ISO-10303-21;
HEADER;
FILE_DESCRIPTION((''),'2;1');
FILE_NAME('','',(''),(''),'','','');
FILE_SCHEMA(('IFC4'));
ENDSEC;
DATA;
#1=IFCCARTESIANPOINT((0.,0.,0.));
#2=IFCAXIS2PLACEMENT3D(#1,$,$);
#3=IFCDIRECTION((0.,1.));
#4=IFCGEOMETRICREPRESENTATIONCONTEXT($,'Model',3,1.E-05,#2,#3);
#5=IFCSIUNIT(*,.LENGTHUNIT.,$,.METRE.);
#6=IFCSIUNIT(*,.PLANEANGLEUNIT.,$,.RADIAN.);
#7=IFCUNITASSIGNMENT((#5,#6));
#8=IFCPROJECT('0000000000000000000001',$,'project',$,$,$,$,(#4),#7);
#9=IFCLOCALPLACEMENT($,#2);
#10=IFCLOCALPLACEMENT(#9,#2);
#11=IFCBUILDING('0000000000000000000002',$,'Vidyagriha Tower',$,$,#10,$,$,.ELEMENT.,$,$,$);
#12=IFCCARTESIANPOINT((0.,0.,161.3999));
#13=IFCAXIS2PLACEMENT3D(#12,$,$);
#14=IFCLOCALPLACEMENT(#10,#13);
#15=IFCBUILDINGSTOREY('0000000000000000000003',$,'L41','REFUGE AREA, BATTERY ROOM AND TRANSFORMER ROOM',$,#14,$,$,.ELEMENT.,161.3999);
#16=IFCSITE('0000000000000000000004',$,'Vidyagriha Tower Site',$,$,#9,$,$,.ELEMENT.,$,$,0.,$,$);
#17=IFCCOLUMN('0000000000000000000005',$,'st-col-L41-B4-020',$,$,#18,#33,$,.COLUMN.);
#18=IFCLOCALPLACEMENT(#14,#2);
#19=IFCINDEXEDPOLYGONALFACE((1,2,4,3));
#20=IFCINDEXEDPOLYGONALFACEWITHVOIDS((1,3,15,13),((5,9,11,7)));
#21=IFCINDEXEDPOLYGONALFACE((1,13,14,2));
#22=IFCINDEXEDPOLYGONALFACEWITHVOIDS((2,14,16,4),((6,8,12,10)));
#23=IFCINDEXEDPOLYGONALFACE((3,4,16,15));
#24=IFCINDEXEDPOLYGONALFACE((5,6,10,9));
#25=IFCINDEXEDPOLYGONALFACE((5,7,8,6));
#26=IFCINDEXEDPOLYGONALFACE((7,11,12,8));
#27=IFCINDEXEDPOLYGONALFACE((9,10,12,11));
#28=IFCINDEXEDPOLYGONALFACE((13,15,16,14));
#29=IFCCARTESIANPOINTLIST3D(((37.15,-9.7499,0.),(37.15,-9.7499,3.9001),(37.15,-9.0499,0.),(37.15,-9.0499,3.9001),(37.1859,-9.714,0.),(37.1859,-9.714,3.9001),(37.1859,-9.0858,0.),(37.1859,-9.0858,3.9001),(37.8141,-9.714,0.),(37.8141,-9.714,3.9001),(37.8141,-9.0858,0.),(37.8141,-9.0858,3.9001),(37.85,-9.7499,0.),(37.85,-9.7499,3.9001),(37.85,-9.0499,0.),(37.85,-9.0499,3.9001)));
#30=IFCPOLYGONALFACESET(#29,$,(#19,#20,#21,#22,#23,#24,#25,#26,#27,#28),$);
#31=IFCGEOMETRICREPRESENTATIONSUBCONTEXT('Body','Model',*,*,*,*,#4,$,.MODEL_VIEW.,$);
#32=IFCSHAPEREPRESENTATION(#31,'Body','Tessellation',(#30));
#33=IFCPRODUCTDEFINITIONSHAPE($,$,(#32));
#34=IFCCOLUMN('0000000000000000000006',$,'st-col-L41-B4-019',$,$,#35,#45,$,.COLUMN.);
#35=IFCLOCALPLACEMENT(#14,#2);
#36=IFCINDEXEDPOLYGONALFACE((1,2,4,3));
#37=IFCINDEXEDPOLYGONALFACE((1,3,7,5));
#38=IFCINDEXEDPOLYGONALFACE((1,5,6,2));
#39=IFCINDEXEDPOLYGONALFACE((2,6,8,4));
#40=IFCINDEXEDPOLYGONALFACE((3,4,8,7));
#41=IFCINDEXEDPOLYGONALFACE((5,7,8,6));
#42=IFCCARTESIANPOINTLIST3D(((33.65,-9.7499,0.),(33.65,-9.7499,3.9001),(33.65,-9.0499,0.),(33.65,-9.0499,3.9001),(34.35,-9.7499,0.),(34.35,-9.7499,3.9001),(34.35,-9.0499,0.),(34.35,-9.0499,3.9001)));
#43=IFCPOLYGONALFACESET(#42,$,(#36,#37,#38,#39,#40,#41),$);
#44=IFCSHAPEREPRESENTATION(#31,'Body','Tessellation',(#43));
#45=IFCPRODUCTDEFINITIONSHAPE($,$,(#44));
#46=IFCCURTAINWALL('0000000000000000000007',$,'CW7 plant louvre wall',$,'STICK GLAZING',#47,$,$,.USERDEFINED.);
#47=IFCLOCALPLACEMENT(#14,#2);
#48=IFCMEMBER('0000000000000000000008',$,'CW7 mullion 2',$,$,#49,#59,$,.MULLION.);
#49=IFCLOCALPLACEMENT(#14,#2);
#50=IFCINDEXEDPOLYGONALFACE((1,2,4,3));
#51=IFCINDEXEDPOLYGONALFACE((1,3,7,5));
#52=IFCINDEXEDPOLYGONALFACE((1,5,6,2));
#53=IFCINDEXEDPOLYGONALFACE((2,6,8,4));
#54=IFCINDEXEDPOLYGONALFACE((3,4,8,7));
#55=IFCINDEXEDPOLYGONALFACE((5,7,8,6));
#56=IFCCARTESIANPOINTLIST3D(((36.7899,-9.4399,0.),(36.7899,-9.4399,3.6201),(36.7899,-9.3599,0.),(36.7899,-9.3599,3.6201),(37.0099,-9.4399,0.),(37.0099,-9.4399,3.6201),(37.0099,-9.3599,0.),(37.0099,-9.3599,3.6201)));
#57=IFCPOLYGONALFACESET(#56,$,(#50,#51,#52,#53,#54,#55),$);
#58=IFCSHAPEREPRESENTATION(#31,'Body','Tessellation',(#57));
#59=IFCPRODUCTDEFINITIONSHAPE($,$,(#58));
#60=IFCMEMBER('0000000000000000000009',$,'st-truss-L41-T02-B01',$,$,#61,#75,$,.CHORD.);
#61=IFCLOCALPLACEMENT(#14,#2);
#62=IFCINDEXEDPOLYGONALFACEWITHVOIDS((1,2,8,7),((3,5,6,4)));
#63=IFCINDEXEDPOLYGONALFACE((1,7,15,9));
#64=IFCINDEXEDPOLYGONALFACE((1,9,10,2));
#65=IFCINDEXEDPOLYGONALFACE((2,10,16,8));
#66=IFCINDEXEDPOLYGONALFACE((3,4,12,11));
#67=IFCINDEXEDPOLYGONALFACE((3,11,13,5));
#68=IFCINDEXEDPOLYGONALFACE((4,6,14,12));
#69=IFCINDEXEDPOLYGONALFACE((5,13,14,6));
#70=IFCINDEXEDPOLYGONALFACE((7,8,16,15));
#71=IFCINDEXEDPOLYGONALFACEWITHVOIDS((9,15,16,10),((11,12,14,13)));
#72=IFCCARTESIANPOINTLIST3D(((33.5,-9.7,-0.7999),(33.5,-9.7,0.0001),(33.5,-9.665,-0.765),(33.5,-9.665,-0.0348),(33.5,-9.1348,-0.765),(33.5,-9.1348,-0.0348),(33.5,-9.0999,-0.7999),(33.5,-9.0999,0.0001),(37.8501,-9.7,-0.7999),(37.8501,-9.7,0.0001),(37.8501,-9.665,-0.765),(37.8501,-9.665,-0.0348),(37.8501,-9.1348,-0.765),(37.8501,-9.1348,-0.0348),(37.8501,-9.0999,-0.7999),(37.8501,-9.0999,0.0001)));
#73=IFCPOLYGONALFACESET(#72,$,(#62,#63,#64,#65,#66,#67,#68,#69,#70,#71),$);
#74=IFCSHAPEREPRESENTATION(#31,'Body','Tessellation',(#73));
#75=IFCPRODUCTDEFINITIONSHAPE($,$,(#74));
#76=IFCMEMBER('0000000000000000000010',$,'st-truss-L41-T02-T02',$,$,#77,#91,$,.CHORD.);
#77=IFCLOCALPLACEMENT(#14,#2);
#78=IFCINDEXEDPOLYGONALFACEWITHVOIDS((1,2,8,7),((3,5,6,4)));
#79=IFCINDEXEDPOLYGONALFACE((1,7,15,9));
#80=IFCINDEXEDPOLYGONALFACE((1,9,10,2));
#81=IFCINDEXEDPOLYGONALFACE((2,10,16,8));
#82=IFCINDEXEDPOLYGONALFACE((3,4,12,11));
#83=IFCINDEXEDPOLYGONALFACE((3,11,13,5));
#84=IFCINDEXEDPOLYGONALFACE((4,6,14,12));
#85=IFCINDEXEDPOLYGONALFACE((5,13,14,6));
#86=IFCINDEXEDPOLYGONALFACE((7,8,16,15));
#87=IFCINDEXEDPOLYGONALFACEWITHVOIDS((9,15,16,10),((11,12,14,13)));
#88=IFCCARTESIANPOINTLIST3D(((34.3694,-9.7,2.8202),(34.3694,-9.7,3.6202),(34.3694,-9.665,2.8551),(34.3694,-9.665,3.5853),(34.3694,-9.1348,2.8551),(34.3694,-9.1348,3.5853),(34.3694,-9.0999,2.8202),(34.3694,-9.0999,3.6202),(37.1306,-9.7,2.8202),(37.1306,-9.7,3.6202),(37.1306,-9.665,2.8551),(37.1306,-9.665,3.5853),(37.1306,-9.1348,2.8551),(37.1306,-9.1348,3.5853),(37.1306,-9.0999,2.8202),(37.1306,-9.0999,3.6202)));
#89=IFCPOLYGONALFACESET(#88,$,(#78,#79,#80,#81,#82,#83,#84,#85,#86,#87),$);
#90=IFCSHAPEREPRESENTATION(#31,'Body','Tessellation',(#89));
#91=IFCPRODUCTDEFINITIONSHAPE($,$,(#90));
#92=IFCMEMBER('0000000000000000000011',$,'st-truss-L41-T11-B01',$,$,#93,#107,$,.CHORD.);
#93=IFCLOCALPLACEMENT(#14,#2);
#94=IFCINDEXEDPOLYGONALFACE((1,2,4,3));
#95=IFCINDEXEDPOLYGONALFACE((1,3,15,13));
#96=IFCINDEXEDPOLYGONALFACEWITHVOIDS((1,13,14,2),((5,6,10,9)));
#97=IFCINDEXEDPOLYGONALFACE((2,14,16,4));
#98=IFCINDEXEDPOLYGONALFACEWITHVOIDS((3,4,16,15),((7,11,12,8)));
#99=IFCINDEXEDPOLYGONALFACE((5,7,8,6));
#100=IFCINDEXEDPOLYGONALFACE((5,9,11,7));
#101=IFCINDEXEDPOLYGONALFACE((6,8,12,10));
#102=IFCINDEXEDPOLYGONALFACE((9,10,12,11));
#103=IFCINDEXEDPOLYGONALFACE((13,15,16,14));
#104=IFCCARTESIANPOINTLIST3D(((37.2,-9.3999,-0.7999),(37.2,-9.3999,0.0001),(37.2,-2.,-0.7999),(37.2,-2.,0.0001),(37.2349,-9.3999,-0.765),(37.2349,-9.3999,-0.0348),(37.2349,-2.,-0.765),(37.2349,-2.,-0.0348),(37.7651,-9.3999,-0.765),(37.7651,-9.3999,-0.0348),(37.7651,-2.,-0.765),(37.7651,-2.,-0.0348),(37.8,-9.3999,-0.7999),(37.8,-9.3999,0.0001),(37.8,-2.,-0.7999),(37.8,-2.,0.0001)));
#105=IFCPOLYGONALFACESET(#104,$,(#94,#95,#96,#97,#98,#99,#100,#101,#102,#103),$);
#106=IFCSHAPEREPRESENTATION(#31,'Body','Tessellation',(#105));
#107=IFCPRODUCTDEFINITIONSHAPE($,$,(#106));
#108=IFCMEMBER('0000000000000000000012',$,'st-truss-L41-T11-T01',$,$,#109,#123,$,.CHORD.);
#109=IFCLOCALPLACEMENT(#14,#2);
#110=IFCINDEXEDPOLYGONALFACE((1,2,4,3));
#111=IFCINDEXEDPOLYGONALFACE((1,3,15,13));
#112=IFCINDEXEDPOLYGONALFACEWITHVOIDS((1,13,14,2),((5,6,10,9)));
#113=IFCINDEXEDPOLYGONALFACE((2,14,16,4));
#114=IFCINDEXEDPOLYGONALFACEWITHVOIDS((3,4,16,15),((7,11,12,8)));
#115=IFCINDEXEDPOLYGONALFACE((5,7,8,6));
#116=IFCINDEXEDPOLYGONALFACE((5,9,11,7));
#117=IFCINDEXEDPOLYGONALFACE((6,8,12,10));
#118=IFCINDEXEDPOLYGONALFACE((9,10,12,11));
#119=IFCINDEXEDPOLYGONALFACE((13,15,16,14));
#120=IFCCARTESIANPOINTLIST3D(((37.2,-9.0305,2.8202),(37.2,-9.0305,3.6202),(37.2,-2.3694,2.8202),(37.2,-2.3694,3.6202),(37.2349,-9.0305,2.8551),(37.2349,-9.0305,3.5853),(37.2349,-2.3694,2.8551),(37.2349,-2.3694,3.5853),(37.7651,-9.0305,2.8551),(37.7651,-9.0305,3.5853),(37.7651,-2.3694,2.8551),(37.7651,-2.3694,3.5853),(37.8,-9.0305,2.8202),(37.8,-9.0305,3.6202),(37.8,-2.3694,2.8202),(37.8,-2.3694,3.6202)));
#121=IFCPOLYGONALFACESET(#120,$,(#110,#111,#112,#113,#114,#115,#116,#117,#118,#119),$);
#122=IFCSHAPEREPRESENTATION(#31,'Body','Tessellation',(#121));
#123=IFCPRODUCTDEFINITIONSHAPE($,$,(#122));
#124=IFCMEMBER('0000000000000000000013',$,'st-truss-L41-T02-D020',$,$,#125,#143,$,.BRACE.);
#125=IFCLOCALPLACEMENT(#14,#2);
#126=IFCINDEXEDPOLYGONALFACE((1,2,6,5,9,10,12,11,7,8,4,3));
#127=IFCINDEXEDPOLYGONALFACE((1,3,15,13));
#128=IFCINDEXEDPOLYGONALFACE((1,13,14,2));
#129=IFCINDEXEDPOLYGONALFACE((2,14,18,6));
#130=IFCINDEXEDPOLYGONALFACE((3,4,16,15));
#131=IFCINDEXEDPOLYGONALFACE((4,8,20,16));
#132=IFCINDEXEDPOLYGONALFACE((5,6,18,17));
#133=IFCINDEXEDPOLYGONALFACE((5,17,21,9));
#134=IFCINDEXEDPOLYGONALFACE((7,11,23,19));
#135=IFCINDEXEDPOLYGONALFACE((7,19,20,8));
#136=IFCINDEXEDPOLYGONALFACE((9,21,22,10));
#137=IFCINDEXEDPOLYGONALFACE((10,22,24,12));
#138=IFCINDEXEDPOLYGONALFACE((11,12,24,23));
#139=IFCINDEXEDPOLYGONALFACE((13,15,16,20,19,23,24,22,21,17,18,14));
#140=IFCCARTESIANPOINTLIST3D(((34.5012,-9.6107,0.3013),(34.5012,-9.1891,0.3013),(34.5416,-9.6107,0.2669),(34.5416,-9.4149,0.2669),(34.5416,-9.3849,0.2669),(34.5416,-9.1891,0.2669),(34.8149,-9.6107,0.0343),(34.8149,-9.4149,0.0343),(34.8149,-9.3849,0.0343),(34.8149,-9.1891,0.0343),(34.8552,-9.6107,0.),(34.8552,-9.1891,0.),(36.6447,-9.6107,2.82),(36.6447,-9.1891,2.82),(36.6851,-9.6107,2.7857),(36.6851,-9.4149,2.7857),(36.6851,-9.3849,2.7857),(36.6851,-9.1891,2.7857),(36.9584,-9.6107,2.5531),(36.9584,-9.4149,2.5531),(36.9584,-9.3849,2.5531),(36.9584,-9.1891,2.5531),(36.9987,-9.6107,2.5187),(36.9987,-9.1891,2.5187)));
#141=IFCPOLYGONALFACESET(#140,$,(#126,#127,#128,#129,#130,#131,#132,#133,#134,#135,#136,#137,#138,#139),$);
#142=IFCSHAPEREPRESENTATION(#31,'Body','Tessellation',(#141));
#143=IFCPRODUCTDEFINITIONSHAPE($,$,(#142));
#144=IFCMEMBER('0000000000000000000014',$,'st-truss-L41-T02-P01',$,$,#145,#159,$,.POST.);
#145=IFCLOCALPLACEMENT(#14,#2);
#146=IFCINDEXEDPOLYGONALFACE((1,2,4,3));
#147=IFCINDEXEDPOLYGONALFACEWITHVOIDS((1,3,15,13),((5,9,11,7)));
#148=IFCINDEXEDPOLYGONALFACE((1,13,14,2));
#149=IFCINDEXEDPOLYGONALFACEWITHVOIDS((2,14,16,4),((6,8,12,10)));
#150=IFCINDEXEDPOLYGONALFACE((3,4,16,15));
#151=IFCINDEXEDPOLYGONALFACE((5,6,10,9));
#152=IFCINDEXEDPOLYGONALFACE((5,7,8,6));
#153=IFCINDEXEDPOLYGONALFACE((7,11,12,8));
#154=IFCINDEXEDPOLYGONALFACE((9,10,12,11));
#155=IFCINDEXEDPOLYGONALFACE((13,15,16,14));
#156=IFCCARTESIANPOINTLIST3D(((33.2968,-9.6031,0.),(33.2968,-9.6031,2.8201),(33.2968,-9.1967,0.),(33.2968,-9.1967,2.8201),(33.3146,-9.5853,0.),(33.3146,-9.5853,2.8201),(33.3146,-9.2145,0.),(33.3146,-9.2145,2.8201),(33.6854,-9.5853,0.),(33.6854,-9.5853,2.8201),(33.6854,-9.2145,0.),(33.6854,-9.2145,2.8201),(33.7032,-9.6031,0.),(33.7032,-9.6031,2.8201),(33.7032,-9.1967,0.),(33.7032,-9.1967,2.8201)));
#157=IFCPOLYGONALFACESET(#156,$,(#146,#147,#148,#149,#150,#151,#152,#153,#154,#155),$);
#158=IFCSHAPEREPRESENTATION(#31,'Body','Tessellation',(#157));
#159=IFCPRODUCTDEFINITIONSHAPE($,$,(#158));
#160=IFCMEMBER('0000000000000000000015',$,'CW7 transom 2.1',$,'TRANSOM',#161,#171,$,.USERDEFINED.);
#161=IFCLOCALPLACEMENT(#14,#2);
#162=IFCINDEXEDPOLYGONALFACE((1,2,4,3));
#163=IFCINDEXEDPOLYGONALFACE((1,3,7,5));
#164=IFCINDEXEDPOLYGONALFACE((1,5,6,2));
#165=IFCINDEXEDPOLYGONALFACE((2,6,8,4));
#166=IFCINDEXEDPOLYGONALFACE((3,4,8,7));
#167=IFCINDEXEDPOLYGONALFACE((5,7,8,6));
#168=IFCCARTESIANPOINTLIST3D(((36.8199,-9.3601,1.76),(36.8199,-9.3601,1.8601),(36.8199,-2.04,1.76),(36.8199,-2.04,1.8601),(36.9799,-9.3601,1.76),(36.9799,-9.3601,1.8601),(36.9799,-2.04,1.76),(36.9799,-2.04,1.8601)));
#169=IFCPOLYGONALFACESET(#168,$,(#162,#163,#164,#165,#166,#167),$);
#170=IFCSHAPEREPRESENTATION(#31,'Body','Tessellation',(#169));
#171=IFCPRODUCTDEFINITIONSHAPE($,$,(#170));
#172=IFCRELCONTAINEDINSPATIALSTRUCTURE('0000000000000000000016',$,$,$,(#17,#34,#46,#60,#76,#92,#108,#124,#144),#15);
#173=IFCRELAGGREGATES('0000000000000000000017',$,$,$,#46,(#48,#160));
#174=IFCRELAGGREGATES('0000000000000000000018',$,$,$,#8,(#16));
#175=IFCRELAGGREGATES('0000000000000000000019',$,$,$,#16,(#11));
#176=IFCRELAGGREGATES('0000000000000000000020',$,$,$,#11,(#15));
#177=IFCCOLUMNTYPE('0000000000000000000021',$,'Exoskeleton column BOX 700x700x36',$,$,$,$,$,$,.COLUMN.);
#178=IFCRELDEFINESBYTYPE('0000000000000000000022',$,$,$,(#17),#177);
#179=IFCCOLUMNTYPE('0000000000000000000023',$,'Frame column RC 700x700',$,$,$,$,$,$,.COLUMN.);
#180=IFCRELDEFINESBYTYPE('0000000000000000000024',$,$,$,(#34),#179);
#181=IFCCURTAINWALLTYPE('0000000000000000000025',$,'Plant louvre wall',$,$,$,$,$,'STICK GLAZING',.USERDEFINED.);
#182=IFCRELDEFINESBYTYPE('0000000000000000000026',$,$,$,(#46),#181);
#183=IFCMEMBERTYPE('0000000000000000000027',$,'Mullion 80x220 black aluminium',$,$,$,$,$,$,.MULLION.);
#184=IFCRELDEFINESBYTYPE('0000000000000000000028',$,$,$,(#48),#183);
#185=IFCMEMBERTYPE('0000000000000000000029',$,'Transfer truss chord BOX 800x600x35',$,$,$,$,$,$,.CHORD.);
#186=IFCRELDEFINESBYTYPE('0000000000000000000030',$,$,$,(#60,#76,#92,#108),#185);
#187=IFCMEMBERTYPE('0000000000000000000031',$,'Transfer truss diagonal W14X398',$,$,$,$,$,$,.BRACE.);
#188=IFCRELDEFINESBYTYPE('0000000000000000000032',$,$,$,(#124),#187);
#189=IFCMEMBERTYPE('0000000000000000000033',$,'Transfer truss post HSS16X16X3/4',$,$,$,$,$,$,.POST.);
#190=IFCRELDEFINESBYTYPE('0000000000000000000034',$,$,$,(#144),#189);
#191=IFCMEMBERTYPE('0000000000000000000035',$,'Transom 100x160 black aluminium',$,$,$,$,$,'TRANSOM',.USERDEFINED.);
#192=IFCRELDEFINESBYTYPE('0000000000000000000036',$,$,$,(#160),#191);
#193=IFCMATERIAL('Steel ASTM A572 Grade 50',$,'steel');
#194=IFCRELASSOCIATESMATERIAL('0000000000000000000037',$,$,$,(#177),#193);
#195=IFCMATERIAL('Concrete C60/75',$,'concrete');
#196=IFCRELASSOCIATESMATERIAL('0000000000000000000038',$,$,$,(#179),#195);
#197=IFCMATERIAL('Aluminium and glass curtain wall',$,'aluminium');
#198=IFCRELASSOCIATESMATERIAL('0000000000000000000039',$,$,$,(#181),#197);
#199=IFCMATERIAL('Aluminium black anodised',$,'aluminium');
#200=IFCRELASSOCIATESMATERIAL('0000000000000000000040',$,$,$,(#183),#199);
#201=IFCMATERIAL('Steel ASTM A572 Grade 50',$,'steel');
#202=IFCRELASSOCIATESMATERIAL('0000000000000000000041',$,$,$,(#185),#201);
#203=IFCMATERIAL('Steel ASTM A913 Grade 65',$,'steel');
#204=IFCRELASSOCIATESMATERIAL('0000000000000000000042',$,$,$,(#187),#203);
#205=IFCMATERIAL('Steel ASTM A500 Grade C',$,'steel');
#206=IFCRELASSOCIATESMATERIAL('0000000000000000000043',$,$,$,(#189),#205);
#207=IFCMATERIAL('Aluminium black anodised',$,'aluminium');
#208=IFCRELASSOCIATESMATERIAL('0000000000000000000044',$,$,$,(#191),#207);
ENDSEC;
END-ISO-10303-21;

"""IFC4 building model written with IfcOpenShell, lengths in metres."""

from ifc_helpers import new_model, si_unit, direction, frame, origin, origin_2d, place, context, subcontext, project, spatial, rectangle, hollow_rectangle, i_section, extrude, material, material_profile, profile_set, type_object, element, aggregate, save


model = new_model("IFC4")

# Units and contexts
model_context = context("Model", 3, precision=1e-05, world=origin(), true_north=direction((0.0, 1.0)))
body_context = subcontext(model_context, "Body", "Model", "MODEL_VIEW")
ifc_project = project(units=[si_unit("LENGTHUNIT", "METRE"), si_unit("PLANEANGLEUNIT", "RADIAN")], contexts=[model_context])

# Site, building, storey
site_placement = place(None, origin())
site = spatial("IfcSite", under=ifc_project, at=site_placement, Name="Vidyagriha Tower Site", CompositionType="ELEMENT", RefElevation=0.0)
building_placement = place(site_placement, origin())
building = spatial("IfcBuilding", under=site, at=building_placement, Name="Vidyagriha Tower", CompositionType="ELEMENT")
storey_placement = place(building_placement, frame((0.0, 0.0, 161.3999)))
storey = spatial("IfcBuildingStorey", under=building, at=storey_placement, Name="L41", Description="REFUGE AREA, BATTERY ROOM AND TRANSFORMER ROOM", CompositionType="ELEMENT", Elevation=161.3999)

# Columns
ifc_material_1 = material(Name="Steel ASTM A572 Grade 50", Category="steel")
ifc_material_profile_1 = material_profile(ifc_material_1, hollow_rectangle(XDim=0.7, YDim=0.7, WallThickness=0.0359, at=origin_2d()), Name="BOX 700x700x36")
ifc_profile_set_1 = profile_set([ifc_material_profile_1], Name="Steel ASTM A572 Grade 50")
column_type_1 = type_object("IfcColumnType", Name="Exoskeleton column BOX 700x700x36", PredefinedType="COLUMN", material=ifc_profile_set_1)
column_1_placement = place(storey_placement, frame((37.5, -9.3999, 0.0)))
element("IfcColumn", 1, at=column_1_placement, inside=storey, type_object=column_type_1, Name="st-col-L41-B4-020", PredefinedType="COLUMN", context=body_context, shape_type="SweptSolid", body=[
    extrude(hollow_rectangle(XDim=0.7, YDim=0.7, WallThickness=0.0359, at=origin_2d()), origin(), (0.0, 0.0, 1.0), 3.9001),
])
ifc_material_2 = material(Name="Concrete C60/75", Category="concrete")
ifc_material_profile_2 = material_profile(ifc_material_2, rectangle(XDim=0.7, YDim=0.7, at=origin_2d()), Name="RC 700x700")
ifc_profile_set_2 = profile_set([ifc_material_profile_2], Name="Concrete C60/75")
column_type_2 = type_object("IfcColumnType", Name="Frame column RC 700x700", PredefinedType="COLUMN", material=ifc_profile_set_2)
column_2_placement = place(storey_placement, frame((34.0, -9.3999, 0.0)))
element("IfcColumn", 2, at=column_2_placement, inside=storey, type_object=column_type_2, Name="st-col-L41-B4-019", PredefinedType="COLUMN", context=body_context, shape_type="SweptSolid", body=[
    extrude(rectangle(XDim=0.7, YDim=0.7, at=origin_2d()), origin(), (0.0, 0.0, 1.0), 3.9001),
])

# Curtain wall, member
ifc_material_3 = material(Name="Aluminium and glass curtain wall", Category="aluminium")
curtain_wall_type = type_object("IfcCurtainWallType", Name="Plant louvre wall", ElementType="STICK GLAZING", PredefinedType="USERDEFINED", material=ifc_material_3)
curtain_wall_placement = place(storey_placement, origin())
curtain_wall = element("IfcCurtainWall", 3, at=curtain_wall_placement, inside=storey, type_object=curtain_wall_type, Name="CW7 plant louvre wall", ObjectType="STICK GLAZING", PredefinedType="USERDEFINED")
ifc_material_4 = material(Name="Aluminium black anodised", Category="aluminium")
ifc_material_profile_3 = material_profile(ifc_material_4, rectangle(XDim=0.22, YDim=0.0801, at=origin_2d()), Name="Mullion 80x220 black aluminium")
ifc_profile_set_3 = profile_set([ifc_material_profile_3], Name="Aluminium black anodised")
member_type_1 = type_object("IfcMemberType", Name="Mullion 80x220 black aluminium", PredefinedType="MULLION", material=ifc_profile_set_3)
member_1_placement = place(storey_placement, frame((36.8999, -9.3999, 0.0), z_axis=(0.0, 0.0, 1.0), x_axis=(-1.0, 0.0, 0.0)))
member_1 = element("IfcMember", 4, at=member_1_placement, type_object=member_type_1, Name="CW7 mullion 2", PredefinedType="MULLION", context=body_context, shape_type="SweptSolid", body=[
    extrude(rectangle(XDim=0.22, YDim=0.0801, at=origin_2d()), origin(), (0.0, 0.0, 1.0), 3.6201),
])

# Members
ifc_material_5 = material(Name="Steel ASTM A572 Grade 50", Category="steel")
ifc_material_profile_4 = material_profile(ifc_material_5, hollow_rectangle(XDim=0.6001, YDim=0.8, WallThickness=0.0349, at=origin_2d()), Name="BOX 800x600x35")
ifc_profile_set_4 = profile_set([ifc_material_profile_4], Name="Steel ASTM A572 Grade 50")
member_type_2 = type_object("IfcMemberType", Name="Transfer truss chord BOX 800x600x35", PredefinedType="CHORD", material=ifc_profile_set_4)
member_2_placement = place(storey_placement, frame((33.5, -9.3999, -0.3999), z_axis=(1.0, 0.0, 0.0), x_axis=(0.0, 1.0, 0.0)))
element("IfcMember", 5, at=member_2_placement, inside=storey, type_object=member_type_2, Name="st-truss-L41-T02-B01", PredefinedType="CHORD", context=body_context, shape_type="SweptSolid", body=[
    extrude(hollow_rectangle(XDim=0.6001, YDim=0.8, WallThickness=0.0349, at=origin_2d()), origin(), (0.0, 0.0, 1.0), 4.3501),
])
member_3_placement = place(storey_placement, frame((34.3694, -9.3999, 3.2202), z_axis=(1.0, 0.0, 0.0), x_axis=(0.0, 1.0, 0.0)))
element("IfcMember", 6, at=member_3_placement, inside=storey, type_object=member_type_2, Name="st-truss-L41-T02-T02", PredefinedType="CHORD", context=body_context, shape_type="SweptSolid", body=[
    extrude(hollow_rectangle(XDim=0.6001, YDim=0.8, WallThickness=0.0349, at=origin_2d()), origin(), (0.0, 0.0, 1.0), 2.7612),
])
member_4_placement = place(storey_placement, frame((37.5, -9.3999, -0.3999), z_axis=(0.0, 1.0, 0.0), x_axis=(-1.0, 0.0, 0.0)))
element("IfcMember", 7, at=member_4_placement, inside=storey, type_object=member_type_2, Name="st-truss-L41-T11-B01", PredefinedType="CHORD", context=body_context, shape_type="SweptSolid", body=[
    extrude(hollow_rectangle(XDim=0.6001, YDim=0.8, WallThickness=0.0349, at=origin_2d()), origin(), (0.0, 0.0, 1.0), 7.3999),
])
member_5_placement = place(storey_placement, frame((37.5, -9.0305, 3.2202), z_axis=(0.0, 1.0, 0.0), x_axis=(-1.0, 0.0, 0.0)))
element("IfcMember", 8, at=member_5_placement, inside=storey, type_object=member_type_2, Name="st-truss-L41-T11-T01", PredefinedType="CHORD", context=body_context, shape_type="SweptSolid", body=[
    extrude(hollow_rectangle(XDim=0.6001, YDim=0.8, WallThickness=0.0349, at=origin_2d()), origin(), (0.0, 0.0, 1.0), 6.6611),
])
ifc_material_6 = material(Name="Steel ASTM A913 Grade 65", Category="steel")
ifc_material_profile_5 = material_profile(ifc_material_6, i_section(OverallWidth=0.4216, OverallDepth=0.4648, WebThickness=0.03, FlangeThickness=0.053, at=origin_2d()), Name="W14X398")
ifc_profile_set_5 = profile_set([ifc_material_profile_5], Name="Steel ASTM A913 Grade 65")
member_type_3 = type_object("IfcMemberType", Name="Transfer truss diagonal W14X398", PredefinedType="BRACE", material=ifc_profile_set_5)
member_6_placement = place(storey_placement, frame((34.6782, -9.3999, 0.1506), z_axis=(0.6481, 0.0, 0.761555), x_axis=(0.0, 1.0, 0.0)))
element("IfcMember", 9, at=member_6_placement, inside=storey, type_object=member_type_3, Name="st-truss-L41-T02-D020", PredefinedType="BRACE", context=body_context, shape_type="SweptSolid", body=[
    extrude(i_section(OverallWidth=0.4216, OverallDepth=0.4648, WebThickness=0.03, FlangeThickness=0.053, at=origin_2d()), origin(), (0.0, 0.0, 1.0), 3.3074),
])
ifc_material_7 = material(Name="Steel ASTM A500 Grade C", Category="steel")
ifc_material_profile_6 = material_profile(ifc_material_7, hollow_rectangle(XDim=0.4065, YDim=0.4065, WallThickness=0.0178, at=origin_2d()), Name="HSS16X16X3/4")
ifc_profile_set_6 = profile_set([ifc_material_profile_6], Name="Steel ASTM A500 Grade C")
member_type_4 = type_object("IfcMemberType", Name="Transfer truss post HSS16X16X3/4", PredefinedType="POST", material=ifc_profile_set_6)
member_7_placement = place(storey_placement, frame((33.5, -9.3999, 0.0)))
element("IfcMember", 10, at=member_7_placement, inside=storey, type_object=member_type_4, Name="st-truss-L41-T02-P01", PredefinedType="POST", context=body_context, shape_type="SweptSolid", body=[
    extrude(hollow_rectangle(XDim=0.4065, YDim=0.4065, WallThickness=0.0178, at=origin_2d()), origin(), (0.0, 0.0, 1.0), 2.8201),
])

# Member
ifc_material_8 = material(Name="Aluminium black anodised", Category="aluminium")
ifc_material_profile_7 = material_profile(ifc_material_8, rectangle(XDim=0.1599, YDim=0.1001, at=origin_2d()), Name="Transom 100x160 black aluminium")
ifc_profile_set_7 = profile_set([ifc_material_profile_7], Name="Aluminium black anodised")
member_type_5 = type_object("IfcMemberType", Name="Transom 100x160 black aluminium", ElementType="TRANSOM", PredefinedType="USERDEFINED", material=ifc_profile_set_7)
member_8_placement = place(storey_placement, frame((36.8999, -9.3601, 1.8101), z_axis=(0.0, 1.0, 0.0), x_axis=(-1.0, 0.0, 0.0)))
member_8 = element("IfcMember", 11, at=member_8_placement, type_object=member_type_5, Name="CW7 transom 2.1", ObjectType="TRANSOM", PredefinedType="USERDEFINED", context=body_context, shape_type="SweptSolid", body=[
    extrude(rectangle(XDim=0.1599, YDim=0.1001, at=origin_2d()), origin(), (0.0, 0.0, 1.0), 7.3201),
])
aggregate(curtain_wall, [member_1, member_8])

save(model, "model.ifc")
